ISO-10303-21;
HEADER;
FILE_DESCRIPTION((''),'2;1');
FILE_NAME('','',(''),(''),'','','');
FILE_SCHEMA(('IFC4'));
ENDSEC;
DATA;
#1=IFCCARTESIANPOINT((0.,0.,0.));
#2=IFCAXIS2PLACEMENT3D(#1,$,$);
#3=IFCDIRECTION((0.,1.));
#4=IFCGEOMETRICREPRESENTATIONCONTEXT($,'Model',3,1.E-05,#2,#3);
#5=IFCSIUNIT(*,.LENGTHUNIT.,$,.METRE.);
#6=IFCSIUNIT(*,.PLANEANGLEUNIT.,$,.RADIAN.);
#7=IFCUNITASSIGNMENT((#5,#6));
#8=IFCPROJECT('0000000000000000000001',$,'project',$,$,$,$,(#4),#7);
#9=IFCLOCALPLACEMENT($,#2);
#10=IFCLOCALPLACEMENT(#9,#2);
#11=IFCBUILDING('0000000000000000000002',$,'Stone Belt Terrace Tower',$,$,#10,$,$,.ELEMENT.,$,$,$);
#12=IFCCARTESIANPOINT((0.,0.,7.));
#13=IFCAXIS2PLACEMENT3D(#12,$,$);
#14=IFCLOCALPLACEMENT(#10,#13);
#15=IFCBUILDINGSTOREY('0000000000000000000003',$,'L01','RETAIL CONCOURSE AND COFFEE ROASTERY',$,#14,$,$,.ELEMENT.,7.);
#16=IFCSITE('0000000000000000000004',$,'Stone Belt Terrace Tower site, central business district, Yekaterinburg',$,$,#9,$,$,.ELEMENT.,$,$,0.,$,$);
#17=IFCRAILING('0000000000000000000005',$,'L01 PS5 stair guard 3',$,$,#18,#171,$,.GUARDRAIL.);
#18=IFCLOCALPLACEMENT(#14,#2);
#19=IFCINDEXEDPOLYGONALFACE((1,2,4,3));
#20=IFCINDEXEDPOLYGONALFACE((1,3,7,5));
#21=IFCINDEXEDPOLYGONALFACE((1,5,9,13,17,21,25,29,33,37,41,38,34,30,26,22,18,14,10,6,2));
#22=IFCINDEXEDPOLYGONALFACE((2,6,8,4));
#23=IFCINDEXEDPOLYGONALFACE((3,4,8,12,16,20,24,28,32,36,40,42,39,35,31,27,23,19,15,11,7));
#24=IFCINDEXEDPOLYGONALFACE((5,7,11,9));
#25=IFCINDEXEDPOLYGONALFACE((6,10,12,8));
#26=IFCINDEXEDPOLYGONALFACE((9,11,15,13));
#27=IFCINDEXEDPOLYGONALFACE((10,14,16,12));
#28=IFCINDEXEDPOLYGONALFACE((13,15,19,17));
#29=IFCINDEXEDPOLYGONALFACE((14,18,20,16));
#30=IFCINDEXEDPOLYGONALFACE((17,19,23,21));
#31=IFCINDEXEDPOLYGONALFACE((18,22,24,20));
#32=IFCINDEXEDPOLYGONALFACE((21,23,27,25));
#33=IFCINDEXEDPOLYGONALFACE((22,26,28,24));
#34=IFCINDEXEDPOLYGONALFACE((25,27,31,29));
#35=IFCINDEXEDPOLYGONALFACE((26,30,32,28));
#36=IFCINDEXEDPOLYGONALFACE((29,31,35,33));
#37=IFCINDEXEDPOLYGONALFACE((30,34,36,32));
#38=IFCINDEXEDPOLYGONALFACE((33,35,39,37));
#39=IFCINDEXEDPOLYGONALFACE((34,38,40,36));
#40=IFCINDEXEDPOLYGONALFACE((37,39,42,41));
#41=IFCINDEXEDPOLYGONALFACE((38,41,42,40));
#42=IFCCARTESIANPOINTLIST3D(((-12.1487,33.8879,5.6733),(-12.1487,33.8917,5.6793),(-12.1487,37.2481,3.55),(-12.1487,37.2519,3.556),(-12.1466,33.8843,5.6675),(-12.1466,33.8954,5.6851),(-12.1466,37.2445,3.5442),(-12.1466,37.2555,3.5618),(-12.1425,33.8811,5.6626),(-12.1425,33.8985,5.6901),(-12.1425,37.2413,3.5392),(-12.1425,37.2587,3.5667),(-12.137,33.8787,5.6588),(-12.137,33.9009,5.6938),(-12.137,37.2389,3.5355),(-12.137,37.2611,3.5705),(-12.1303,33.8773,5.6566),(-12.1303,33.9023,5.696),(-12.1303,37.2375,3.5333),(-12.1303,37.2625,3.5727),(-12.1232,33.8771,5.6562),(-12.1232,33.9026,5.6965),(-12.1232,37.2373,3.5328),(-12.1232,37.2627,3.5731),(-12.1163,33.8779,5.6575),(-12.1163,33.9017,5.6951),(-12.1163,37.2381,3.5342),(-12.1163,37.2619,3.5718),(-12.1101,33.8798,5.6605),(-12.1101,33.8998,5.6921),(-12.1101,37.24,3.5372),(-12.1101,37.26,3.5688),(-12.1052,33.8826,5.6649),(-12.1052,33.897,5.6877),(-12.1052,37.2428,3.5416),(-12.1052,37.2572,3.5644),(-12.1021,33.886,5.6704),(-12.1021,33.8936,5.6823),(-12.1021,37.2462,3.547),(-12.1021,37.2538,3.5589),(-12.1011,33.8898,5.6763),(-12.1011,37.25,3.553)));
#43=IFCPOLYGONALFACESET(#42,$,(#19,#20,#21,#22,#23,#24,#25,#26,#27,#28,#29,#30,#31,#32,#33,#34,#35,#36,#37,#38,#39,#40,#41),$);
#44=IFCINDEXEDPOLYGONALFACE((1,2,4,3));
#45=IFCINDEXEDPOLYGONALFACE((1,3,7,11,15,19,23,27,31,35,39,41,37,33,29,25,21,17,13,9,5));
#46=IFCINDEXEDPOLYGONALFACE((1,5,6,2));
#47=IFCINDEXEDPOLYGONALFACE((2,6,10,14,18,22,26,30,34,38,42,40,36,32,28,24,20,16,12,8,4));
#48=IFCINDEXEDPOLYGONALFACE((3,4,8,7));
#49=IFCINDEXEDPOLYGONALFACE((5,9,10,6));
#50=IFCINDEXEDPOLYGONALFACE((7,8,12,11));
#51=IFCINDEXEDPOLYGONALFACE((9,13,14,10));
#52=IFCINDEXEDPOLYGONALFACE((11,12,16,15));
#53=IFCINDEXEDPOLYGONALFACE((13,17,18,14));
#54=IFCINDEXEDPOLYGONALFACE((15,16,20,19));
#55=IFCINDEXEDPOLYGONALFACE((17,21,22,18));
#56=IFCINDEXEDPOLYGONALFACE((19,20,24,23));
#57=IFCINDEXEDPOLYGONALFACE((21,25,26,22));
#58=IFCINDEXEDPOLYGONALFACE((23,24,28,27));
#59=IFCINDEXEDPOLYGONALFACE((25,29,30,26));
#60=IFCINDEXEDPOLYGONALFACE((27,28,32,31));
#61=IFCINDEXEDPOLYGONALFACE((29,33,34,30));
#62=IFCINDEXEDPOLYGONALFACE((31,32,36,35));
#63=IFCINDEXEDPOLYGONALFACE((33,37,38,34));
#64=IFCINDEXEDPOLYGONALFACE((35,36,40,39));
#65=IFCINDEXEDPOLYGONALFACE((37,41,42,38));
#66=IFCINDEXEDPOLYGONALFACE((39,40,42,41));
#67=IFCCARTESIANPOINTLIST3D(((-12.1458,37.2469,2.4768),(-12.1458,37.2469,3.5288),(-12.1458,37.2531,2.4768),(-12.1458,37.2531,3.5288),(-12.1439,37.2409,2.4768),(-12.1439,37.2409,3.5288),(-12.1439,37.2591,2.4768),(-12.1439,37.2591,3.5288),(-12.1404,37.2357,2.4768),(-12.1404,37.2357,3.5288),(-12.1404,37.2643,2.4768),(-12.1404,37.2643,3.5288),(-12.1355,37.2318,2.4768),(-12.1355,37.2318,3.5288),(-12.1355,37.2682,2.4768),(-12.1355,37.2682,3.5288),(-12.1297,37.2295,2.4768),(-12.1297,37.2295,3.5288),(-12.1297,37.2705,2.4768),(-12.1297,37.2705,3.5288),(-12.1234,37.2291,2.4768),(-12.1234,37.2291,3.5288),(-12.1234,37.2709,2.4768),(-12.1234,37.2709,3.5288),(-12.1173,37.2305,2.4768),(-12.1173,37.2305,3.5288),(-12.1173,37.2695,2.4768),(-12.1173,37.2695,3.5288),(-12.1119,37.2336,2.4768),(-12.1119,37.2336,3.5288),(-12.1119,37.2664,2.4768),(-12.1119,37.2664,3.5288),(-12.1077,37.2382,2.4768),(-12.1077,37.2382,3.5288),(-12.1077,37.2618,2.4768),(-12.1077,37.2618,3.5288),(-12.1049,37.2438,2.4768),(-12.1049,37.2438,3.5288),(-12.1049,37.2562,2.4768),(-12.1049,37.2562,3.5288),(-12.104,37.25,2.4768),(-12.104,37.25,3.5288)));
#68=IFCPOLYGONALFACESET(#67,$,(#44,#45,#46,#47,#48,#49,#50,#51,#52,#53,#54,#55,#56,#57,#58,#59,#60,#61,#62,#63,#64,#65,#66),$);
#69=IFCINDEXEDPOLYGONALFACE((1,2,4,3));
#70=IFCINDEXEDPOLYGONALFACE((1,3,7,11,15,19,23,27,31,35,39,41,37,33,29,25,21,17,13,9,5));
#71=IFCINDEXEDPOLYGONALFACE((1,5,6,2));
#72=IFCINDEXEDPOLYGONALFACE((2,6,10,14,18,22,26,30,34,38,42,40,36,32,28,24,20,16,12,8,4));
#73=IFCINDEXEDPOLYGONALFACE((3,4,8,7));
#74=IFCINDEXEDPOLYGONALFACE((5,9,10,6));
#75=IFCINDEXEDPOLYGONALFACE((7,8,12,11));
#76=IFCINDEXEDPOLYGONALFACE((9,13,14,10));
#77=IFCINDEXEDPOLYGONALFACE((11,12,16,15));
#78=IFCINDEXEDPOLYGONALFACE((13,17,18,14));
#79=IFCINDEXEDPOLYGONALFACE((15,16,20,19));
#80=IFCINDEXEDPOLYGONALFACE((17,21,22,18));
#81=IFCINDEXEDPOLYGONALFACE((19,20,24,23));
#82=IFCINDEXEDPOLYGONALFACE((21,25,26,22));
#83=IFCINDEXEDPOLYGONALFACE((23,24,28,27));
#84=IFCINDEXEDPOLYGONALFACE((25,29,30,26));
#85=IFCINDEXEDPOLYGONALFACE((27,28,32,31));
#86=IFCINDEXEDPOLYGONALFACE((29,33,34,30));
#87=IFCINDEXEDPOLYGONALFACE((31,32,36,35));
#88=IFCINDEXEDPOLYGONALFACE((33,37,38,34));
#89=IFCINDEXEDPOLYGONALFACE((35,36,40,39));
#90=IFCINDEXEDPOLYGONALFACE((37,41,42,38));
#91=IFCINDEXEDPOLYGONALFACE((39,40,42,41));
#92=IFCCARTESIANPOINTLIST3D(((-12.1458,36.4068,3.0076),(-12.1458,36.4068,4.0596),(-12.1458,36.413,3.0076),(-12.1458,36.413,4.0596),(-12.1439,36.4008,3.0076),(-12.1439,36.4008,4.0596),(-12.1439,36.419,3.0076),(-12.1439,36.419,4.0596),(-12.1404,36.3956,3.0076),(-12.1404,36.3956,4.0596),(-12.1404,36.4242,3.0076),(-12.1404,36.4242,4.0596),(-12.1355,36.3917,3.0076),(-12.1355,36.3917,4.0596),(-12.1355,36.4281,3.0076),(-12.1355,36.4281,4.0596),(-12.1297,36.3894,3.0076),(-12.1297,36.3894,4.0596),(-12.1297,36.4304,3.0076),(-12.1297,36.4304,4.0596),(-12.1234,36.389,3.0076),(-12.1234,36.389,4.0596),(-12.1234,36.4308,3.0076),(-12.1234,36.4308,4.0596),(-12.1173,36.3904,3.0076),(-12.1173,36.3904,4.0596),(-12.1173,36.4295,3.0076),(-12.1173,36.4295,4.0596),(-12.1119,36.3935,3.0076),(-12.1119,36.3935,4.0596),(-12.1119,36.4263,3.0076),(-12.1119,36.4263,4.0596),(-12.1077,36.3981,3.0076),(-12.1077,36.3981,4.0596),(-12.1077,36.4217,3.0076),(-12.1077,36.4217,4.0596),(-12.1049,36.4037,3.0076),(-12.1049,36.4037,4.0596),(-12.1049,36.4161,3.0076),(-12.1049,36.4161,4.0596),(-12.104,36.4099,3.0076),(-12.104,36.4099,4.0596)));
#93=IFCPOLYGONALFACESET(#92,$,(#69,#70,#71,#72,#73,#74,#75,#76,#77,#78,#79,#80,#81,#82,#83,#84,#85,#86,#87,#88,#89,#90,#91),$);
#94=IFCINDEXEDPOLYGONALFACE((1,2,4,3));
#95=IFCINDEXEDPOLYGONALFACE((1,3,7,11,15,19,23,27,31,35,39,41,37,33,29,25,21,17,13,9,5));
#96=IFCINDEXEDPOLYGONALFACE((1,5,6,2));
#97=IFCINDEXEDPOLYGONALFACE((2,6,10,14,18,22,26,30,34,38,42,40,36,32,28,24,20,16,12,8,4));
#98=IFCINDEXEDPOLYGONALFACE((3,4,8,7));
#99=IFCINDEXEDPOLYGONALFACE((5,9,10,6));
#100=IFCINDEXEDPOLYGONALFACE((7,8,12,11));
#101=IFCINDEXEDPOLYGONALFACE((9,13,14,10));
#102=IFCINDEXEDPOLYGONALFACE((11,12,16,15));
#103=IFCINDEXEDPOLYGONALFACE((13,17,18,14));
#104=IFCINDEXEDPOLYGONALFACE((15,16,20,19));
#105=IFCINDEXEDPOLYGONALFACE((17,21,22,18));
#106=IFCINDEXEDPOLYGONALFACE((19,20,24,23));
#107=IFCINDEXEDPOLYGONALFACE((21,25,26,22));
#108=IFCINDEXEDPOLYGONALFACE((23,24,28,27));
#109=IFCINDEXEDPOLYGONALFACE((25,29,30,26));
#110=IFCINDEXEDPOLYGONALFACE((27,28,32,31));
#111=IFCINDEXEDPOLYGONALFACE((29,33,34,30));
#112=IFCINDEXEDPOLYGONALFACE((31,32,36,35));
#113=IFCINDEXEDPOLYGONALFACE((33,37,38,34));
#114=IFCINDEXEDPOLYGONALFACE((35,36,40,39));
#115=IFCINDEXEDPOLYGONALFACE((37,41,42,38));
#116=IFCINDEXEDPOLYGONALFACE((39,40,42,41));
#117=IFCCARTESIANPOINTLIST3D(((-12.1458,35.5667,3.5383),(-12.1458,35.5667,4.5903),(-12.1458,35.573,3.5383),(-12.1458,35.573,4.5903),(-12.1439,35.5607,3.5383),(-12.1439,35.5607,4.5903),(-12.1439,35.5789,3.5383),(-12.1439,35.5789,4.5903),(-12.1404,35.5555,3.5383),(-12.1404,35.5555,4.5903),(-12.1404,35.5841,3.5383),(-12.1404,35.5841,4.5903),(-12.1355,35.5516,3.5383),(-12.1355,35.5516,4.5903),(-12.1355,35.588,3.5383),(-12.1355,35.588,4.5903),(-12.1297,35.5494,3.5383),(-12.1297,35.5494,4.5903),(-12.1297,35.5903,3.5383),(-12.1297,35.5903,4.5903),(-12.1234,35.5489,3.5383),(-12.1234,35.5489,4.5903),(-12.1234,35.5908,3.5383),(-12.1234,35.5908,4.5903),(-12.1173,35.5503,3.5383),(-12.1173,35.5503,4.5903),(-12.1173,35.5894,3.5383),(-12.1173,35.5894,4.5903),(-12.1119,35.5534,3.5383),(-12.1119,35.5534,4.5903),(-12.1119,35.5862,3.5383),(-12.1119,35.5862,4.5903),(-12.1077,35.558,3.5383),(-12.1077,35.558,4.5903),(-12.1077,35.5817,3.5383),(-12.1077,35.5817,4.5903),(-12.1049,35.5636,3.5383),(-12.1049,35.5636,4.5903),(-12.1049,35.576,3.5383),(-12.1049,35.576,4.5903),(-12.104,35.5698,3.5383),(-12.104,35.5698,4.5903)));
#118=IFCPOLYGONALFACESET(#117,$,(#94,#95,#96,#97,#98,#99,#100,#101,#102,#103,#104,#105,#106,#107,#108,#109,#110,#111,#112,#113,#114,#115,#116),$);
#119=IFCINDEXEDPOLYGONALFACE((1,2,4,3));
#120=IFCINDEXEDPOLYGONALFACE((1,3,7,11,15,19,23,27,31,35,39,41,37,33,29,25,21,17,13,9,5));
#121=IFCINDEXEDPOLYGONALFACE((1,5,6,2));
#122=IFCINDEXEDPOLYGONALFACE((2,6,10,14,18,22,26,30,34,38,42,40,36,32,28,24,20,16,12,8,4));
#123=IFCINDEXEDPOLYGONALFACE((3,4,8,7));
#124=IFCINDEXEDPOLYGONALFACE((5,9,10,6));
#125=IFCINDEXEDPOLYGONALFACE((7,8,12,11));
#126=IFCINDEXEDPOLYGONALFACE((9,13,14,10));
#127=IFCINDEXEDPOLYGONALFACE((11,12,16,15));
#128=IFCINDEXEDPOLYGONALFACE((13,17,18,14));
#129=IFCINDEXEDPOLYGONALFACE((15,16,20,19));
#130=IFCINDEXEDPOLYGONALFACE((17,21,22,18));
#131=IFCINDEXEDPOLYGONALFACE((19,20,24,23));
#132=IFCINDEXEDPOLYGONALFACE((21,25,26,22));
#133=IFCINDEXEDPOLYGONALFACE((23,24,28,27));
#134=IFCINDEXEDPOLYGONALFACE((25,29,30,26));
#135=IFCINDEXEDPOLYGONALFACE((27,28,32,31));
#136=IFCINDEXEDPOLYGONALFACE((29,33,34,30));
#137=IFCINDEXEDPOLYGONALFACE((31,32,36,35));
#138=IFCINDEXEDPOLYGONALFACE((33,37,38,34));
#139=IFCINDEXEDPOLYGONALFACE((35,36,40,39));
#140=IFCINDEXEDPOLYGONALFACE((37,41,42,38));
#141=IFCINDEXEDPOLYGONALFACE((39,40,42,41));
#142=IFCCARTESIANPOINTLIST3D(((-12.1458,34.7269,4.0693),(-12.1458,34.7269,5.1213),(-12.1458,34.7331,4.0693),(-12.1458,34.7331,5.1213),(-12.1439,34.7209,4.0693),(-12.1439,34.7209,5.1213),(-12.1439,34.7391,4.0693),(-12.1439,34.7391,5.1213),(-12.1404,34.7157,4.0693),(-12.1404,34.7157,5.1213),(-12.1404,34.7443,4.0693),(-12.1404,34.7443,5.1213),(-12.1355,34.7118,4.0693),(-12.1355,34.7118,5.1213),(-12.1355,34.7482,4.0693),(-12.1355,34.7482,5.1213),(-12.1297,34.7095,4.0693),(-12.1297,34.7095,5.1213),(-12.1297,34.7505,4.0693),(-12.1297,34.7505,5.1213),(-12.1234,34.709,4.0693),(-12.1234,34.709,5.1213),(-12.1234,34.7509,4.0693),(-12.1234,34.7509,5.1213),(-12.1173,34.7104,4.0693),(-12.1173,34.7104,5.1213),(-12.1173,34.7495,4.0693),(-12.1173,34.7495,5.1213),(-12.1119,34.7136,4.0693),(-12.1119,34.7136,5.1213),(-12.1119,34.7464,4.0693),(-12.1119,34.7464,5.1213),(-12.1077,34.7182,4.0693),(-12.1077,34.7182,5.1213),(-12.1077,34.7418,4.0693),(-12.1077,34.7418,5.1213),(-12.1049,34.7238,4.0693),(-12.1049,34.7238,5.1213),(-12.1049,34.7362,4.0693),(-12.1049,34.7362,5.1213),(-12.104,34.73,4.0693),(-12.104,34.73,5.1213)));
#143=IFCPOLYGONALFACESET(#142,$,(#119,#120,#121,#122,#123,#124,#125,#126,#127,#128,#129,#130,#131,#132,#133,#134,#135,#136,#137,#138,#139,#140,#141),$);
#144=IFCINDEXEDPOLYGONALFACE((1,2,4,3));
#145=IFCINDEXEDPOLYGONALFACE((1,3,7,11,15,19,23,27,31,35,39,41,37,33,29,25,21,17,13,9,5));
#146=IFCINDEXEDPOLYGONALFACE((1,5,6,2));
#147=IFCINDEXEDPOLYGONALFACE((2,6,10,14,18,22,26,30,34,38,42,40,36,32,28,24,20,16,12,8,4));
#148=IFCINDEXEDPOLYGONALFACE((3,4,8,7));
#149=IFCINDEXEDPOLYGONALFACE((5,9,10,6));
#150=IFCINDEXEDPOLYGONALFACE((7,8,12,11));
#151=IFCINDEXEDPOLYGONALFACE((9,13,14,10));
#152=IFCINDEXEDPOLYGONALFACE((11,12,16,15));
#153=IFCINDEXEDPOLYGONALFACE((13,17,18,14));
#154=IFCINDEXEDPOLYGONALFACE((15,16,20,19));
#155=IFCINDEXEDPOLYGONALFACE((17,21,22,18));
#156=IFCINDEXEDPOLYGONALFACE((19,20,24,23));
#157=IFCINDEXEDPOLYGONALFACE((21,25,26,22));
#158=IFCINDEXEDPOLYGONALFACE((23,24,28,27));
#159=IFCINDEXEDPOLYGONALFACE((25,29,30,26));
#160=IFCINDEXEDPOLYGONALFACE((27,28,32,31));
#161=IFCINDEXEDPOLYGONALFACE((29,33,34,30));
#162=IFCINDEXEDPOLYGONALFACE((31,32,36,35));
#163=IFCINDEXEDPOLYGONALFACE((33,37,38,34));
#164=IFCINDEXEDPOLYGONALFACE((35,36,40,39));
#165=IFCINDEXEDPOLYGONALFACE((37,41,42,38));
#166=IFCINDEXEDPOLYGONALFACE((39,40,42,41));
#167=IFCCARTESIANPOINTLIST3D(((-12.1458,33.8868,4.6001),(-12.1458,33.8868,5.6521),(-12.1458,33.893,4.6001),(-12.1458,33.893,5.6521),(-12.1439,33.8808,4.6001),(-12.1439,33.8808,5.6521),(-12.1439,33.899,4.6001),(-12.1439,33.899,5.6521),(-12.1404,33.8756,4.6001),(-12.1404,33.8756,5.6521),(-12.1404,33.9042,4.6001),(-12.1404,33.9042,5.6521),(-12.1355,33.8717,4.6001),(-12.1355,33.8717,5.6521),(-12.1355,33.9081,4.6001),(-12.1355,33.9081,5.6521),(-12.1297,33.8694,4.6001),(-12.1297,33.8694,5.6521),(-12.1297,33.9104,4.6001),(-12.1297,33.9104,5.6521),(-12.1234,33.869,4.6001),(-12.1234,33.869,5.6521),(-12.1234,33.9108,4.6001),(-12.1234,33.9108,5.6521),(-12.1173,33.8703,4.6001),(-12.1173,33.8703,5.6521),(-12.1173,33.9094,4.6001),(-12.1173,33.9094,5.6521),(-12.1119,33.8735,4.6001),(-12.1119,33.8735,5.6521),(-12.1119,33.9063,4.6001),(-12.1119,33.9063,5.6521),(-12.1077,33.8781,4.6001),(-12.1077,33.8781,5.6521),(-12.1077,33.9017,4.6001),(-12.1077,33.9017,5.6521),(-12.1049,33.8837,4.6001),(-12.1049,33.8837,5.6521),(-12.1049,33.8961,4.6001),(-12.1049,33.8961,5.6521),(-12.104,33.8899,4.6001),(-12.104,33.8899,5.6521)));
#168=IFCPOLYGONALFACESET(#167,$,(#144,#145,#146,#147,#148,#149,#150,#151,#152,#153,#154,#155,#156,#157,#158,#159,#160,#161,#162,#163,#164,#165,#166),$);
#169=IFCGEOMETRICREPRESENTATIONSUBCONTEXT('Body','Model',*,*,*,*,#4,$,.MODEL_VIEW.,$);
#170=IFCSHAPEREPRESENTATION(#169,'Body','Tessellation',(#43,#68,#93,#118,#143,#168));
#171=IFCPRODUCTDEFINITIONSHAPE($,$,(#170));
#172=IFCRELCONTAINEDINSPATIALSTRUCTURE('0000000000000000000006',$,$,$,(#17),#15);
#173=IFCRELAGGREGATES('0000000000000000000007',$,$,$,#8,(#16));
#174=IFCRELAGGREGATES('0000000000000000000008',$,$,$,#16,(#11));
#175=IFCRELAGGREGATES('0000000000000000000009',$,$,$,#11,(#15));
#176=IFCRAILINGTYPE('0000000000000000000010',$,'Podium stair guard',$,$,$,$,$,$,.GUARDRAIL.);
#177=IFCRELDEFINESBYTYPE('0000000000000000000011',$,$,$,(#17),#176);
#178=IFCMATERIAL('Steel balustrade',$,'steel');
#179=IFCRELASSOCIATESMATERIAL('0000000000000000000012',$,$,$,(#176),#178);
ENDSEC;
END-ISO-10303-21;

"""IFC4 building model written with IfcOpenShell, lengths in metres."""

from ifc_helpers import new_model, si_unit, direction, frame, origin, origin_2d, place, context, subcontext, project, spatial, circle, extrude, material, type_object, element, save


model = new_model("IFC4")

# Units and contexts
model_context = context("Model", 3, precision=1e-05, world=origin(), true_north=direction((0.0, 1.0)))
body_context = subcontext(model_context, "Body", "Model", "MODEL_VIEW")
ifc_project = project(units=[si_unit("LENGTHUNIT", "METRE"), si_unit("PLANEANGLEUNIT", "RADIAN")], contexts=[model_context])

# Site, building, storey
site_placement = place(None, origin())
site = spatial("IfcSite", under=ifc_project, at=site_placement, Name="Stone Belt Terrace Tower site, central business district, Yekaterinburg", CompositionType="ELEMENT", RefElevation=0.0)
building_placement = place(site_placement, origin())
building = spatial("IfcBuilding", under=site, at=building_placement, Name="Stone Belt Terrace Tower", CompositionType="ELEMENT")
storey_placement = place(building_placement, frame((0.0, 0.0, 7.0)))
storey = spatial("IfcBuildingStorey", under=building, at=storey_placement, Name="L01", Description="RETAIL CONCOURSE AND COFFEE ROASTERY", CompositionType="ELEMENT", Elevation=7.0)

# Railing
ifc_material_1 = material(Name="Steel balustrade", Category="steel")
railing_type_1 = type_object("IfcRailingType", Name="Podium stair guard", PredefinedType="GUARDRAIL", material=ifc_material_1)
railing_1_placement = place(storey_placement, frame((-12.125, 37.25, 2.4768)))
element("IfcRailing", 1, at=railing_1_placement, inside=storey, type_object=railing_type_1, Name="L01 PS5 stair guard 3", PredefinedType="GUARDRAIL", context=body_context, shape_type="SweptSolid", body=[
    extrude(circle(Radius=0.0239, at=origin_2d()), frame((0.0, 0.0, 1.0762), z_axis=(0.0, -0.845362, 0.534194), x_axis=(1.0, 0.0, 0.0)), (0.0, 0.0, 1.0), 3.9749),
    extrude(circle(Radius=0.021, at=origin_2d()), origin(), (0.0, 0.0, 1.0), 1.052),
    extrude(circle(Radius=0.021, at=origin_2d()), frame((0.0, -0.8401, 0.5308)), (0.0, 0.0, 1.0), 1.052),
    extrude(circle(Radius=0.021, at=origin_2d()), frame((0.0, -1.6802, 1.0615)), (0.0, 0.0, 1.0), 1.052),
    extrude(circle(Radius=0.021, at=origin_2d()), frame((0.0, -2.52, 1.5925)), (0.0, 0.0, 1.0), 1.052),
    extrude(circle(Radius=0.021, at=origin_2d()), frame((0.0, -3.3601, 2.1233)), (0.0, 0.0, 1.0), 1.052),
])

save(model, "model.ifc")
